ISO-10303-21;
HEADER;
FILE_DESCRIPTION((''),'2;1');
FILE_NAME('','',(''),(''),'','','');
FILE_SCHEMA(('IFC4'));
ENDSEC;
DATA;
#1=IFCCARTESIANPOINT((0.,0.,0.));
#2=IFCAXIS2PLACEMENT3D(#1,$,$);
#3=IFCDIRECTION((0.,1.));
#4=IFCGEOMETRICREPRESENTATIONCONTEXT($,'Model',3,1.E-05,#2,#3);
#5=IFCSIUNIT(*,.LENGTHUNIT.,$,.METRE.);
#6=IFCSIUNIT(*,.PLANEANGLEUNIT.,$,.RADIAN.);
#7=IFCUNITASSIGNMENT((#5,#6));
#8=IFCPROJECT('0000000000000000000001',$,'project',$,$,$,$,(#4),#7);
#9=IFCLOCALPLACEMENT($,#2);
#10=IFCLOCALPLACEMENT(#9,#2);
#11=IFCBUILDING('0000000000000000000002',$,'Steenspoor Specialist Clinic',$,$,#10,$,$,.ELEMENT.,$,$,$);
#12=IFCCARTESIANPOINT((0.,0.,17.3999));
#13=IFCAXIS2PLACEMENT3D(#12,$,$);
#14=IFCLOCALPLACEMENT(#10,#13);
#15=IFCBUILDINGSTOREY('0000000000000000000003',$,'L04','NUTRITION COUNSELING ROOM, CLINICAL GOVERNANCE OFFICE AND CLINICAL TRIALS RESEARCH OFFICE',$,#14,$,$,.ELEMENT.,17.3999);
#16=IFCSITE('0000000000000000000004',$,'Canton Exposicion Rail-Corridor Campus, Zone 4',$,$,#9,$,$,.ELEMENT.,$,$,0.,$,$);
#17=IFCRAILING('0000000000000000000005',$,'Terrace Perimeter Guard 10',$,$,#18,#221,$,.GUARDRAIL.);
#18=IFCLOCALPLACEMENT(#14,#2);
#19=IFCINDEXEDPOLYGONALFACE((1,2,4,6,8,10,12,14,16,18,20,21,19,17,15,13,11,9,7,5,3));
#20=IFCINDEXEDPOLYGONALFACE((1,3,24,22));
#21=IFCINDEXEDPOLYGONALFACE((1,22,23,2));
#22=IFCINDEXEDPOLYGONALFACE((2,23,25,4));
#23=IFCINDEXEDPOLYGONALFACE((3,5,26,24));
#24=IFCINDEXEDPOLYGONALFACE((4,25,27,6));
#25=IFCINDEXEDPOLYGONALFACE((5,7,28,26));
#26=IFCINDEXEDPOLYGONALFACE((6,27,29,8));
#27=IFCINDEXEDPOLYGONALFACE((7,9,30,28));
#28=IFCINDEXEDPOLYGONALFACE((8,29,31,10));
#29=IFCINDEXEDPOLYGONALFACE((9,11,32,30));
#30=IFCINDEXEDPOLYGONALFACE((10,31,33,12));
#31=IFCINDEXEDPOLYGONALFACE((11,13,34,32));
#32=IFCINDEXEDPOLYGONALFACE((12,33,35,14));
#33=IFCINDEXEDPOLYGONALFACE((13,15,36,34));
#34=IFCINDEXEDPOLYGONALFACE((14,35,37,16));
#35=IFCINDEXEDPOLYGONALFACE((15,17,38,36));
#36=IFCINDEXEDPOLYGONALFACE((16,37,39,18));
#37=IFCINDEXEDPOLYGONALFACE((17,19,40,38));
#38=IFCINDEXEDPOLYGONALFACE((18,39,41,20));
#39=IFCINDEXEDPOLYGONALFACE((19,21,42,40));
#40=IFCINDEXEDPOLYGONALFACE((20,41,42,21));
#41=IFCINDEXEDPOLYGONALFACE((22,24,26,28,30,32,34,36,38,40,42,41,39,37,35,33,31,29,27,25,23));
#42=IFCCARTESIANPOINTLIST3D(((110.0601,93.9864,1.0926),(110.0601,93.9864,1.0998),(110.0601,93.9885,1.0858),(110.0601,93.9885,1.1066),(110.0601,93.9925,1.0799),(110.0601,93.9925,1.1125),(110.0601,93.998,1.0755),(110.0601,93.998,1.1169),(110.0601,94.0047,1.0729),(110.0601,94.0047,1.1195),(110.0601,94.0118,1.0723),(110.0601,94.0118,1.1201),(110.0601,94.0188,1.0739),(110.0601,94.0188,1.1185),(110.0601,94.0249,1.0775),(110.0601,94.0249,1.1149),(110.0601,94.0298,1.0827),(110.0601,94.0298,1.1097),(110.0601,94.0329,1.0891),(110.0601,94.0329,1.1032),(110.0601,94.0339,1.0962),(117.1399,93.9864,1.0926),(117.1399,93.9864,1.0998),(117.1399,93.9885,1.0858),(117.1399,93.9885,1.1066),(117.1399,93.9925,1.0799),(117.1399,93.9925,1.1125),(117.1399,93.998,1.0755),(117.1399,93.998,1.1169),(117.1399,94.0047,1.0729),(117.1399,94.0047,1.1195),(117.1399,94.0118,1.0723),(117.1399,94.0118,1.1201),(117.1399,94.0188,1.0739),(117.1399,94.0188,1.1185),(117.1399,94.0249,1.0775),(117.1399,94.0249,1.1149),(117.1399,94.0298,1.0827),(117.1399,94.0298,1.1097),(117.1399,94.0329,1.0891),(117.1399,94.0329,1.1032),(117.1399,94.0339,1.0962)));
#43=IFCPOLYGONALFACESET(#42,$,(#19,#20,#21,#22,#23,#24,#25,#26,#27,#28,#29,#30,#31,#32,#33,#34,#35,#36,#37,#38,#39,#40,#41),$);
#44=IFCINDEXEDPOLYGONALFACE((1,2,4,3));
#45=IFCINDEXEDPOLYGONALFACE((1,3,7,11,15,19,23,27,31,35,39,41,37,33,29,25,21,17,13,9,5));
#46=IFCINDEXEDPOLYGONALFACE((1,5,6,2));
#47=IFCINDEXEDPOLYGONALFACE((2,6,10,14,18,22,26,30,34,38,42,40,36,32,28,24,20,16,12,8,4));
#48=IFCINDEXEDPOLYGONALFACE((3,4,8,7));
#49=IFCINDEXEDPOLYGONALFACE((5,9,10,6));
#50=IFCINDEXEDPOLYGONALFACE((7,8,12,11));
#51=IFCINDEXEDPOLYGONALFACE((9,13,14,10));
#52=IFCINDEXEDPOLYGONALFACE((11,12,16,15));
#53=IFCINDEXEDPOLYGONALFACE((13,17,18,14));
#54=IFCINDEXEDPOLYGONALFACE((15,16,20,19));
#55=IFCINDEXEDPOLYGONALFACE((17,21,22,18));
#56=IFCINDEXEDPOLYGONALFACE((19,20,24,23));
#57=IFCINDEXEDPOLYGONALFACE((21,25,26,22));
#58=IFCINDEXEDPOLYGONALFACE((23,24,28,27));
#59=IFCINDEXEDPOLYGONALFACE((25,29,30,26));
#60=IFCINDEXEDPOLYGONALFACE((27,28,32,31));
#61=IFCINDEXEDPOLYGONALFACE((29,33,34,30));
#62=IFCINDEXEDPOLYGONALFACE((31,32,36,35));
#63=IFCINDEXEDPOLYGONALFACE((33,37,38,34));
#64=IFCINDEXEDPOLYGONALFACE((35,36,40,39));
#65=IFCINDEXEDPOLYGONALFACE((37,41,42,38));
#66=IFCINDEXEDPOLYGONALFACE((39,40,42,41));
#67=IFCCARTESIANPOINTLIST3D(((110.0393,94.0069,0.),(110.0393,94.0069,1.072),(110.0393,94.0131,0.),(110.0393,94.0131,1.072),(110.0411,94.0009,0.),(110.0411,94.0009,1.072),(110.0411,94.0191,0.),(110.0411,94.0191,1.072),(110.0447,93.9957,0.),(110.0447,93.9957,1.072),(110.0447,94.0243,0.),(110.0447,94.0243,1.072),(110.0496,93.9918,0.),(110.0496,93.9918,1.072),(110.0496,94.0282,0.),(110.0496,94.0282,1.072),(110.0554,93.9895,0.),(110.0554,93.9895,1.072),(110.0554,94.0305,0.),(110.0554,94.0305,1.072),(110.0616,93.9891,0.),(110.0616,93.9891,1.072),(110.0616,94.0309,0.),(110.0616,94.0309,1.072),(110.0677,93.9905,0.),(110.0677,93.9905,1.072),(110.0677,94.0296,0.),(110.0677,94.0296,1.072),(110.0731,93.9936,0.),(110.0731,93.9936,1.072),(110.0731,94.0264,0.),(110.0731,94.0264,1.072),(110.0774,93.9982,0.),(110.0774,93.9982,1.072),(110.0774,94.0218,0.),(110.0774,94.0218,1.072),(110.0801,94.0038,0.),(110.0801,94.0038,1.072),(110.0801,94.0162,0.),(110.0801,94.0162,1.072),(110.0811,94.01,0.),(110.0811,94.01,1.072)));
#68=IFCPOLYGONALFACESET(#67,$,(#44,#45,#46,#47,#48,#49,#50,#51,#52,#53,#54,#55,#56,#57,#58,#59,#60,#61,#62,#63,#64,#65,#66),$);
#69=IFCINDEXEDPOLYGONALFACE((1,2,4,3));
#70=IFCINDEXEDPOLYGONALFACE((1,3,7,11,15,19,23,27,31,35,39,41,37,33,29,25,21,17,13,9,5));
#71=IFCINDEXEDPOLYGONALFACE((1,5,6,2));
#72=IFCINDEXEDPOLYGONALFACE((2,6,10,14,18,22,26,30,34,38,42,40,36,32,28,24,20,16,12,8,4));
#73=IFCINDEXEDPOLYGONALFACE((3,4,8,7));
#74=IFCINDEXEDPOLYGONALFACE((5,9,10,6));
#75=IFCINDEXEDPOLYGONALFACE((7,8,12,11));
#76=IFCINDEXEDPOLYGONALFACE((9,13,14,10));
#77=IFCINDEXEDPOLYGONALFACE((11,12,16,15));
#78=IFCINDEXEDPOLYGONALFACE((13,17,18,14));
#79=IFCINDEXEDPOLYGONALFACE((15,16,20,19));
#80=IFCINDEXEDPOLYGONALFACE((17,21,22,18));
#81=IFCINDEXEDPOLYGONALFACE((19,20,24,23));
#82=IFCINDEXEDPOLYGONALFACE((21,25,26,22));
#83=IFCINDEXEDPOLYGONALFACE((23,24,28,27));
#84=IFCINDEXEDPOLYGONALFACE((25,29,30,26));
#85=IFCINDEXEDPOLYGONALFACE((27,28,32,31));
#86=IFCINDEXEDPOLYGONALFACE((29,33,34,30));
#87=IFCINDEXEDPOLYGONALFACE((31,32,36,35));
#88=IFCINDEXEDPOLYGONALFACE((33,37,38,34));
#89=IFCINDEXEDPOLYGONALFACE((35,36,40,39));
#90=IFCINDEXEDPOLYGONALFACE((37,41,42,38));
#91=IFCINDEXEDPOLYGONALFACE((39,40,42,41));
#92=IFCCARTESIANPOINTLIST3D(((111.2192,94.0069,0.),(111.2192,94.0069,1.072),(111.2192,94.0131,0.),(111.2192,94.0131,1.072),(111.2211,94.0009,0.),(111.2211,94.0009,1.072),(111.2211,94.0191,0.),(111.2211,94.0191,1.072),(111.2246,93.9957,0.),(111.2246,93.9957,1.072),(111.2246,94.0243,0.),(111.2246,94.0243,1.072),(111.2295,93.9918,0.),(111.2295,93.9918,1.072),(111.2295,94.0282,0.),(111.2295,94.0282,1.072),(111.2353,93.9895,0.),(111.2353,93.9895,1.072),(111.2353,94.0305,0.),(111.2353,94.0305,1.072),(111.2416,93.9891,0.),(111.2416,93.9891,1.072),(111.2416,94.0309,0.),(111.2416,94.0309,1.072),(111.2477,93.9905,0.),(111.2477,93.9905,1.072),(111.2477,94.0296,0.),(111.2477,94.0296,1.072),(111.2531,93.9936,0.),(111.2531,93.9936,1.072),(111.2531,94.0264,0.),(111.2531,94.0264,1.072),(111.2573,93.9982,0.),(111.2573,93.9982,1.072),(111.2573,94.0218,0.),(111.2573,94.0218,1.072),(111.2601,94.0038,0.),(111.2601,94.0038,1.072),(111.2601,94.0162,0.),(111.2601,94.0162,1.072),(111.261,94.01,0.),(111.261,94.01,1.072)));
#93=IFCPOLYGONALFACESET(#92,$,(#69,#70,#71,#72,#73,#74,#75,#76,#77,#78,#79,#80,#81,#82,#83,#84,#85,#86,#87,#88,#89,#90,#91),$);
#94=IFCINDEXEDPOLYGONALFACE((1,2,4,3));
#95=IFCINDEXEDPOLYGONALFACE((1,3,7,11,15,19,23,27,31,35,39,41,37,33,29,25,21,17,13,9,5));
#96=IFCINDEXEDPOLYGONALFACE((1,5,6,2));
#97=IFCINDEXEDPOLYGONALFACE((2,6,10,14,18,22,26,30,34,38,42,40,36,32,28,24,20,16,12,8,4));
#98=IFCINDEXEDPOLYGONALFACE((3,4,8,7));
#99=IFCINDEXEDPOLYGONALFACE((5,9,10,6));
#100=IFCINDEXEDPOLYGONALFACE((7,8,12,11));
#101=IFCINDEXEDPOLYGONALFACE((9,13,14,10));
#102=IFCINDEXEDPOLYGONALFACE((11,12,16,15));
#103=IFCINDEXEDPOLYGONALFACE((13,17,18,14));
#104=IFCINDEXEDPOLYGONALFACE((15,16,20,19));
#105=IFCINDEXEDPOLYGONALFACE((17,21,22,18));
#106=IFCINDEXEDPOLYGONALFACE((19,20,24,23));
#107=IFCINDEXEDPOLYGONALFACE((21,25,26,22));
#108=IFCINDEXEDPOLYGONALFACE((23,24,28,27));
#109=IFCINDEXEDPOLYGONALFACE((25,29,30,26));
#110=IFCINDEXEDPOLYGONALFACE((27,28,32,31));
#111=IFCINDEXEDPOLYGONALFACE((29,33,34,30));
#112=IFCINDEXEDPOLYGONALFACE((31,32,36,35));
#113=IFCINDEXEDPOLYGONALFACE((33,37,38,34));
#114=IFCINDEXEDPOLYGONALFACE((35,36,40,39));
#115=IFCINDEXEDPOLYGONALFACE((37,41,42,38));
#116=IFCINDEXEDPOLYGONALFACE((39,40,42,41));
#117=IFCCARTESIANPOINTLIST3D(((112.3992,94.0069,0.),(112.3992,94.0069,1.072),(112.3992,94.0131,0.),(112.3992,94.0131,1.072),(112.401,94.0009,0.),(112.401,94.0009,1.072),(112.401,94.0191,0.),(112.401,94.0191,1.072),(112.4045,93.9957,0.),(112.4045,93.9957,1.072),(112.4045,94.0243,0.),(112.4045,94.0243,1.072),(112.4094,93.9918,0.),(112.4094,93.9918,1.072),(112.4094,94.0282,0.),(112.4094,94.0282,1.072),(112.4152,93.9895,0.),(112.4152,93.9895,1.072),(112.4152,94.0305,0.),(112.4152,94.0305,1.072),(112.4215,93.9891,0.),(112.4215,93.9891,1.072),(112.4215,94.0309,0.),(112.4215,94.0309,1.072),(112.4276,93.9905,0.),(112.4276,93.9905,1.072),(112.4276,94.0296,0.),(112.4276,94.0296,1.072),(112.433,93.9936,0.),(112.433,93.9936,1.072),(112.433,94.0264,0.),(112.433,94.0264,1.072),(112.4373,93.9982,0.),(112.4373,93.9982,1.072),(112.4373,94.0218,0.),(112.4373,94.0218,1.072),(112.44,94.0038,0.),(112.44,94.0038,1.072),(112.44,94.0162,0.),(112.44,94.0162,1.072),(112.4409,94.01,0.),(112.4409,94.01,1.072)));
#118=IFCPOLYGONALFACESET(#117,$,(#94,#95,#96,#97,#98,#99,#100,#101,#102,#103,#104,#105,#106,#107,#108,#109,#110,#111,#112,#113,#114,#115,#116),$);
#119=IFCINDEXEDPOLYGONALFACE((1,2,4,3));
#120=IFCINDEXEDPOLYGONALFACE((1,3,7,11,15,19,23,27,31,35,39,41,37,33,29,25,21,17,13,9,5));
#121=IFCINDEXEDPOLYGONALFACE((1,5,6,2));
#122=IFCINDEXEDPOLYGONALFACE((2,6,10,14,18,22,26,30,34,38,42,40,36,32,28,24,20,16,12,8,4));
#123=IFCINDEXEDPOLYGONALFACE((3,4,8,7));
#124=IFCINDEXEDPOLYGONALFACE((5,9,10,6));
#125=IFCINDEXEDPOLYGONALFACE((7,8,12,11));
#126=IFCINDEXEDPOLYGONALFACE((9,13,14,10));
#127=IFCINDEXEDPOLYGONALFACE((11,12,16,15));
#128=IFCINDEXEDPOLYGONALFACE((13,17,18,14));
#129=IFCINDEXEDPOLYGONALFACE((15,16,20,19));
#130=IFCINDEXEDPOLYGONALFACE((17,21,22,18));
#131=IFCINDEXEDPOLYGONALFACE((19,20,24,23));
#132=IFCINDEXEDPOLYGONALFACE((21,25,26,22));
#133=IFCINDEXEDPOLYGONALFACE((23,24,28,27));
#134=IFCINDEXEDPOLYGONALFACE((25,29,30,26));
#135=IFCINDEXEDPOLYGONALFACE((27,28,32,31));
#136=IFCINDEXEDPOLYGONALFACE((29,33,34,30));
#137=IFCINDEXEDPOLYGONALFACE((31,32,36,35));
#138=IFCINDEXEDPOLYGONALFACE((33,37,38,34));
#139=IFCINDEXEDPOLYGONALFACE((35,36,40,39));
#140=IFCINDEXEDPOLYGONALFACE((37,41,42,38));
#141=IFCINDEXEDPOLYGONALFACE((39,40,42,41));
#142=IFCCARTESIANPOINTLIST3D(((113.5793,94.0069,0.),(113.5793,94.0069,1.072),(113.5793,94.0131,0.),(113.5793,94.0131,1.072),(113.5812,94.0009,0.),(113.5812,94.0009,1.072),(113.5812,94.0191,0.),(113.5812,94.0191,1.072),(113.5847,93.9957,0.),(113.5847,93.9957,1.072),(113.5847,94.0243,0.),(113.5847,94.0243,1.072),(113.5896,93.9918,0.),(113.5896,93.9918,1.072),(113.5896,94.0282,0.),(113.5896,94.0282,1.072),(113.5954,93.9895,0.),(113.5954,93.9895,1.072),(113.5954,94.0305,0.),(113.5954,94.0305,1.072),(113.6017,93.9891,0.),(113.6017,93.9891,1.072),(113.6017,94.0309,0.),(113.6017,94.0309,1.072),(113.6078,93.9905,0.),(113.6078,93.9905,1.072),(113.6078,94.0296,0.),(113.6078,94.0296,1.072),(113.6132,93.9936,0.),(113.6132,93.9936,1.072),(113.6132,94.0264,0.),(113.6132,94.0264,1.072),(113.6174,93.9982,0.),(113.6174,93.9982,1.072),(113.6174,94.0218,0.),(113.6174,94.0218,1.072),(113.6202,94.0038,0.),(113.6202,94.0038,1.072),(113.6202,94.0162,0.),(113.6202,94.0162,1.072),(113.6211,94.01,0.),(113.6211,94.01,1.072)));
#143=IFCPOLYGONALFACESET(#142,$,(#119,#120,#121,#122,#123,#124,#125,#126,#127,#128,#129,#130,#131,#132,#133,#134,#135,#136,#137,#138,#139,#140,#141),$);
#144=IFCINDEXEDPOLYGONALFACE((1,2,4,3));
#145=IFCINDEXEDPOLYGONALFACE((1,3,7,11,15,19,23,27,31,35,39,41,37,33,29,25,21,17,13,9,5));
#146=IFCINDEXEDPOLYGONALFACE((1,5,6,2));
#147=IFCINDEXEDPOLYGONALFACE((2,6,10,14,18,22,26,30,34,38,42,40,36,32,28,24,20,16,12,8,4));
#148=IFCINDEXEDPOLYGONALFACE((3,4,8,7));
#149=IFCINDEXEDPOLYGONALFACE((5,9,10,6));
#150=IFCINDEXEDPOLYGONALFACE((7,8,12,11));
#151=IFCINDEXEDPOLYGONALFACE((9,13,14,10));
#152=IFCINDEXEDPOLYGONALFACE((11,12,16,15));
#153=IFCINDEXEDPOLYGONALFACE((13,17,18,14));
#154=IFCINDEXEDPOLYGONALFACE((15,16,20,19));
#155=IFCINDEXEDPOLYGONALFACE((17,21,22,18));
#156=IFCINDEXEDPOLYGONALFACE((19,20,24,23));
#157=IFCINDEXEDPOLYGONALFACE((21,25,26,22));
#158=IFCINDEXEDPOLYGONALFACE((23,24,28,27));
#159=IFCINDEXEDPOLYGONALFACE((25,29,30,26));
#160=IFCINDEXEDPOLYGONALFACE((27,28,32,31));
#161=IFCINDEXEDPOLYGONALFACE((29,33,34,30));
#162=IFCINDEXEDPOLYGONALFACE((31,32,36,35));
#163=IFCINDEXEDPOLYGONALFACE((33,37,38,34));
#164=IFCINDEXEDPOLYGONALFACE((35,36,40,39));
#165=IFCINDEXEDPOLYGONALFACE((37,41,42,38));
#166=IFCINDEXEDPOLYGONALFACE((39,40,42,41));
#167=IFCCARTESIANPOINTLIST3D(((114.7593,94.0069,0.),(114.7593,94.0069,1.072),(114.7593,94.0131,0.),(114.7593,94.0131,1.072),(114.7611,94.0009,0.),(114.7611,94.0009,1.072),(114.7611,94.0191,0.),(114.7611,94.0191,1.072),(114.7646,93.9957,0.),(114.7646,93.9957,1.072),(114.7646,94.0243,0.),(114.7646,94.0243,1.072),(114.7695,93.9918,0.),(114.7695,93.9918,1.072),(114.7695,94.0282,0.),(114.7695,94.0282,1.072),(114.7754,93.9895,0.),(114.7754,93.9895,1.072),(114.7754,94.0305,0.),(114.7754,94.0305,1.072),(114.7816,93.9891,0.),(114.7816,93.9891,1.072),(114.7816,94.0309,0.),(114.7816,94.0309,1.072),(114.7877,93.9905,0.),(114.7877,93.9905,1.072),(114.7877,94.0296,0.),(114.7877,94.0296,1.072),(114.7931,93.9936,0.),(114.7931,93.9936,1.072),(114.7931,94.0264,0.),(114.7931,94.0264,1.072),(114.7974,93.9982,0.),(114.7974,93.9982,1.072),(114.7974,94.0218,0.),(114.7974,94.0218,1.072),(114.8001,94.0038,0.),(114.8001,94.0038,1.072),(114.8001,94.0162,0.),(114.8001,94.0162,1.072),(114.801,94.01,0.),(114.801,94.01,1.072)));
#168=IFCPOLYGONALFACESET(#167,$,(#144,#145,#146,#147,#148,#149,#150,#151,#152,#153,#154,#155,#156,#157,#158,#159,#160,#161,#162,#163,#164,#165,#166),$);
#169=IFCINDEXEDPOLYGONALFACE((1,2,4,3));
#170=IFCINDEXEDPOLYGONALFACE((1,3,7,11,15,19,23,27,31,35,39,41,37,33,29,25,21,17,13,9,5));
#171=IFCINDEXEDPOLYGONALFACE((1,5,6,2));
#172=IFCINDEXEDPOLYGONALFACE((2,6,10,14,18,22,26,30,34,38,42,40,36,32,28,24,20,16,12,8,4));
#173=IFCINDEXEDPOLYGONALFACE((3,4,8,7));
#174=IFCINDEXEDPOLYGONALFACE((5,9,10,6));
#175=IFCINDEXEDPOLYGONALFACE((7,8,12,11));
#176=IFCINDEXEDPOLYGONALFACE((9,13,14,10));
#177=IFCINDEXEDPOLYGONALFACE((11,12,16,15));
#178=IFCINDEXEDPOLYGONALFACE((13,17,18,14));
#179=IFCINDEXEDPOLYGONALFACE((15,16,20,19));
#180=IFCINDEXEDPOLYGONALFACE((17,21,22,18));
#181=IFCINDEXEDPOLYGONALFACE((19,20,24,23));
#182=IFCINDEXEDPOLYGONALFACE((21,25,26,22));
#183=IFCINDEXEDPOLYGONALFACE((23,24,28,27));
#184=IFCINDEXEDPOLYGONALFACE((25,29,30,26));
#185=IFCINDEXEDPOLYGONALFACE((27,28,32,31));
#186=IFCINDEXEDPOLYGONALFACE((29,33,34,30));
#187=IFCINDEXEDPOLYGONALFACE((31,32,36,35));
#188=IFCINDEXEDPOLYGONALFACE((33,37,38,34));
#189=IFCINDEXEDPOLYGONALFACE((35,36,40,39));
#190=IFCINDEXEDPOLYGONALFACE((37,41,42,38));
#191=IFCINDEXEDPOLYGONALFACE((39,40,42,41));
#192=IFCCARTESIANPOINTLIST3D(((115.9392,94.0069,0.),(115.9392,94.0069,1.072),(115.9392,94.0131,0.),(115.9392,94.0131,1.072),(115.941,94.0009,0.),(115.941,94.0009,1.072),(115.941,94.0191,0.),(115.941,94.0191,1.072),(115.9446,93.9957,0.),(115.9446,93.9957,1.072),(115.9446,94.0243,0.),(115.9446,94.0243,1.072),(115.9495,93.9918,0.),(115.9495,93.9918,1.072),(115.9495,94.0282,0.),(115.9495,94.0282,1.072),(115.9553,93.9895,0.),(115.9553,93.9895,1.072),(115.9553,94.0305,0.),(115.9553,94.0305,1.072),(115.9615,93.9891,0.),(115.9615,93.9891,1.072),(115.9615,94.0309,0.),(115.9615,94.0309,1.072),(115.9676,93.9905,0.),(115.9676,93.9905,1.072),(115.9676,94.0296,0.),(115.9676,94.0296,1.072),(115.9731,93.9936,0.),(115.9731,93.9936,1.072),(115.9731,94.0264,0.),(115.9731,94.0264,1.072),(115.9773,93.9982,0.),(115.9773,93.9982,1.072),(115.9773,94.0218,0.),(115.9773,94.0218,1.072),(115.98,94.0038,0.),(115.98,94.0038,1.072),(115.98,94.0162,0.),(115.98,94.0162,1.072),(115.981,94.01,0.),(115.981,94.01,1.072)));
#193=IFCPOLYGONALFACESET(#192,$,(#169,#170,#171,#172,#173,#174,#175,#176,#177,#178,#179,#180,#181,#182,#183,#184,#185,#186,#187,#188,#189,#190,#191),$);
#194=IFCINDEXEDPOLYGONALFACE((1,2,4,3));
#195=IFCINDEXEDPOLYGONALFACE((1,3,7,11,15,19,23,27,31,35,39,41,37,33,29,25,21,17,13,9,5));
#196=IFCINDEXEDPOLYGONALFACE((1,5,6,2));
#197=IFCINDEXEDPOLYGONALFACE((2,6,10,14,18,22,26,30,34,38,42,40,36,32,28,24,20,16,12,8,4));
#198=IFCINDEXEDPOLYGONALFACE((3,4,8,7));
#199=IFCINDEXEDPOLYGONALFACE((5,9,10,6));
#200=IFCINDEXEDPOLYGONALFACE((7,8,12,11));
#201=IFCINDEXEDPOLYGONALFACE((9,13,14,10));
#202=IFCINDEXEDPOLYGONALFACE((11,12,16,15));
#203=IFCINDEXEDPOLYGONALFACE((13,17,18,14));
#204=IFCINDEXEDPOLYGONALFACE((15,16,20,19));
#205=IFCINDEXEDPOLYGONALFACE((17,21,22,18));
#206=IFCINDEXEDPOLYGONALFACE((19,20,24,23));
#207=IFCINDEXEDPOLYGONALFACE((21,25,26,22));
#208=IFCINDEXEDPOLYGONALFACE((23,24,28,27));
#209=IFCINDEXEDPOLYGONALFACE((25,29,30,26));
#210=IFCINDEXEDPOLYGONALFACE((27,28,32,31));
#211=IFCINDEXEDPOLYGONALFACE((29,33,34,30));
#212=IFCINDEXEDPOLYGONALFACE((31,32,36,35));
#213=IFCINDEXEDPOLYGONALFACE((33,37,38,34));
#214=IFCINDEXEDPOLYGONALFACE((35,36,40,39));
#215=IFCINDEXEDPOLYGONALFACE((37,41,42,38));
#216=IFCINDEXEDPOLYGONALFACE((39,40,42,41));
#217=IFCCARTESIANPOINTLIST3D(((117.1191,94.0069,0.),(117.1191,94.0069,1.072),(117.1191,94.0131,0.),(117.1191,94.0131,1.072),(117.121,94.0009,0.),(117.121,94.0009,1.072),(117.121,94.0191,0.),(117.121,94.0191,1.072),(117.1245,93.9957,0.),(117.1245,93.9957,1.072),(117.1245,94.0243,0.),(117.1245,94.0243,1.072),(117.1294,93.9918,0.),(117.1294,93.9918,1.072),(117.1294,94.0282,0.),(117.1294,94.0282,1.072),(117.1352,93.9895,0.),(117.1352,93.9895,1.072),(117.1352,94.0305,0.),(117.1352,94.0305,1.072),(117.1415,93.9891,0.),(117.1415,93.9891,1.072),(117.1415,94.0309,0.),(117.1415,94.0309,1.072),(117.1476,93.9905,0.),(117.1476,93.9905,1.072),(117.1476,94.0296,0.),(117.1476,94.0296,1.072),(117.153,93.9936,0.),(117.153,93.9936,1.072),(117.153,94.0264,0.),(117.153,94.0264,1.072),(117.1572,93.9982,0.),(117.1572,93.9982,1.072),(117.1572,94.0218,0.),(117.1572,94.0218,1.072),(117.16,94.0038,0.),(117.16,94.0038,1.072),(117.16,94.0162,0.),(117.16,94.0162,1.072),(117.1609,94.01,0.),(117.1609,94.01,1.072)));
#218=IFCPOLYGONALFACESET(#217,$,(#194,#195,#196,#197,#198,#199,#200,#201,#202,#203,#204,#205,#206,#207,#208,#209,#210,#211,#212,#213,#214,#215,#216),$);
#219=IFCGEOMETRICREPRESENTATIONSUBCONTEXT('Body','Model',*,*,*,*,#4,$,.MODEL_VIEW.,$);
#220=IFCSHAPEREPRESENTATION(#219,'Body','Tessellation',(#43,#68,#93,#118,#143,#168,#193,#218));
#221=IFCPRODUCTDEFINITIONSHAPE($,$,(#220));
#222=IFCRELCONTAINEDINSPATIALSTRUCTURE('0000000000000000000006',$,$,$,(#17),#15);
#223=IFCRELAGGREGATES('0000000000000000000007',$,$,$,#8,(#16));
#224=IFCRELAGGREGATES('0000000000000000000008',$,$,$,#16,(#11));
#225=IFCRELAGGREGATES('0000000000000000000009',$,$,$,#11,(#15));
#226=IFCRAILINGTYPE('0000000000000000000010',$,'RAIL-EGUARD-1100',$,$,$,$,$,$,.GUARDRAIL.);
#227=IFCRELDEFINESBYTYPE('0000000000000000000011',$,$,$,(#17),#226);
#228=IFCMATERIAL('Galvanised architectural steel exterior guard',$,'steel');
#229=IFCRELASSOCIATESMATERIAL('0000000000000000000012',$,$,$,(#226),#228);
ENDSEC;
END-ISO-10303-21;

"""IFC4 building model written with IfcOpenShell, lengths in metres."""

from ifc_helpers import new_model, si_unit, direction, frame, origin, origin_2d, place, context, subcontext, project, spatial, circle, extrude, material, type_object, element, save


model = new_model("IFC4")

# Units and contexts
model_context = context("Model", 3, precision=1e-05, world=origin(), true_north=direction((0.0, 1.0)))
body_context = subcontext(model_context, "Body", "Model", "MODEL_VIEW")
ifc_project = project(units=[si_unit("LENGTHUNIT", "METRE"), si_unit("PLANEANGLEUNIT", "RADIAN")], contexts=[model_context])

# Site, building, storey
site_placement = place(None, origin())
site = spatial("IfcSite", under=ifc_project, at=site_placement, Name="Canton Exposicion Rail-Corridor Campus, Zone 4", CompositionType="ELEMENT", RefElevation=0.0)
building_placement = place(site_placement, origin())
building = spatial("IfcBuilding", under=site, at=building_placement, Name="Steenspoor Specialist Clinic", CompositionType="ELEMENT")
storey_placement = place(building_placement, frame((0.0, 0.0, 17.3999)))
storey = spatial("IfcBuildingStorey", under=building, at=storey_placement, Name="L04", Description="NUTRITION COUNSELING ROOM, CLINICAL GOVERNANCE OFFICE AND CLINICAL TRIALS RESEARCH OFFICE", CompositionType="ELEMENT", Elevation=17.3999)

# Railing
ifc_material_1 = material(Name="Galvanised architectural steel exterior guard", Category="steel")
railing_type = type_object("IfcRailingType", Name="RAIL-EGUARD-1100", PredefinedType="GUARDRAIL", material=ifc_material_1)
railing_1_placement = place(storey_placement, frame((110.0601, 94.01, 0.0)))
element("IfcRailing", 1, at=railing_1_placement, inside=storey, type_object=railing_type, Name="Terrace Perimeter Guard 10", PredefinedType="GUARDRAIL", context=body_context, shape_type="SweptSolid", body=[
    extrude(circle(Radius=0.0239, at=origin_2d()), frame((0.0, 0.0, 1.0962), z_axis=(1.0, 0.0, 0.0), x_axis=(0.0, 1.0, 0.0)), (0.0, 0.0, 1.0), 7.0798),
    extrude(circle(Radius=0.021, at=origin_2d()), origin(), (0.0, 0.0, 1.0), 1.072),
    extrude(circle(Radius=0.021, at=origin_2d()), frame((1.1799, 0.0, 0.0)), (0.0, 0.0, 1.0), 1.072),
    extrude(circle(Radius=0.021, at=origin_2d()), frame((2.3599, 0.0, 0.0)), (0.0, 0.0, 1.0), 1.072),
    extrude(circle(Radius=0.021, at=origin_2d()), frame((3.54, 0.0, 0.0)), (0.0, 0.0, 1.0), 1.072),
    extrude(circle(Radius=0.021, at=origin_2d()), frame((4.72, 0.0, 0.0)), (0.0, 0.0, 1.0), 1.072),
    extrude(circle(Radius=0.021, at=origin_2d()), frame((5.8999, 0.0, 0.0)), (0.0, 0.0, 1.0), 1.072),
    extrude(circle(Radius=0.021, at=origin_2d()), frame((7.0798, 0.0, 0.0)), (0.0, 0.0, 1.0), 1.072),
])

save(model, "model.ifc")
